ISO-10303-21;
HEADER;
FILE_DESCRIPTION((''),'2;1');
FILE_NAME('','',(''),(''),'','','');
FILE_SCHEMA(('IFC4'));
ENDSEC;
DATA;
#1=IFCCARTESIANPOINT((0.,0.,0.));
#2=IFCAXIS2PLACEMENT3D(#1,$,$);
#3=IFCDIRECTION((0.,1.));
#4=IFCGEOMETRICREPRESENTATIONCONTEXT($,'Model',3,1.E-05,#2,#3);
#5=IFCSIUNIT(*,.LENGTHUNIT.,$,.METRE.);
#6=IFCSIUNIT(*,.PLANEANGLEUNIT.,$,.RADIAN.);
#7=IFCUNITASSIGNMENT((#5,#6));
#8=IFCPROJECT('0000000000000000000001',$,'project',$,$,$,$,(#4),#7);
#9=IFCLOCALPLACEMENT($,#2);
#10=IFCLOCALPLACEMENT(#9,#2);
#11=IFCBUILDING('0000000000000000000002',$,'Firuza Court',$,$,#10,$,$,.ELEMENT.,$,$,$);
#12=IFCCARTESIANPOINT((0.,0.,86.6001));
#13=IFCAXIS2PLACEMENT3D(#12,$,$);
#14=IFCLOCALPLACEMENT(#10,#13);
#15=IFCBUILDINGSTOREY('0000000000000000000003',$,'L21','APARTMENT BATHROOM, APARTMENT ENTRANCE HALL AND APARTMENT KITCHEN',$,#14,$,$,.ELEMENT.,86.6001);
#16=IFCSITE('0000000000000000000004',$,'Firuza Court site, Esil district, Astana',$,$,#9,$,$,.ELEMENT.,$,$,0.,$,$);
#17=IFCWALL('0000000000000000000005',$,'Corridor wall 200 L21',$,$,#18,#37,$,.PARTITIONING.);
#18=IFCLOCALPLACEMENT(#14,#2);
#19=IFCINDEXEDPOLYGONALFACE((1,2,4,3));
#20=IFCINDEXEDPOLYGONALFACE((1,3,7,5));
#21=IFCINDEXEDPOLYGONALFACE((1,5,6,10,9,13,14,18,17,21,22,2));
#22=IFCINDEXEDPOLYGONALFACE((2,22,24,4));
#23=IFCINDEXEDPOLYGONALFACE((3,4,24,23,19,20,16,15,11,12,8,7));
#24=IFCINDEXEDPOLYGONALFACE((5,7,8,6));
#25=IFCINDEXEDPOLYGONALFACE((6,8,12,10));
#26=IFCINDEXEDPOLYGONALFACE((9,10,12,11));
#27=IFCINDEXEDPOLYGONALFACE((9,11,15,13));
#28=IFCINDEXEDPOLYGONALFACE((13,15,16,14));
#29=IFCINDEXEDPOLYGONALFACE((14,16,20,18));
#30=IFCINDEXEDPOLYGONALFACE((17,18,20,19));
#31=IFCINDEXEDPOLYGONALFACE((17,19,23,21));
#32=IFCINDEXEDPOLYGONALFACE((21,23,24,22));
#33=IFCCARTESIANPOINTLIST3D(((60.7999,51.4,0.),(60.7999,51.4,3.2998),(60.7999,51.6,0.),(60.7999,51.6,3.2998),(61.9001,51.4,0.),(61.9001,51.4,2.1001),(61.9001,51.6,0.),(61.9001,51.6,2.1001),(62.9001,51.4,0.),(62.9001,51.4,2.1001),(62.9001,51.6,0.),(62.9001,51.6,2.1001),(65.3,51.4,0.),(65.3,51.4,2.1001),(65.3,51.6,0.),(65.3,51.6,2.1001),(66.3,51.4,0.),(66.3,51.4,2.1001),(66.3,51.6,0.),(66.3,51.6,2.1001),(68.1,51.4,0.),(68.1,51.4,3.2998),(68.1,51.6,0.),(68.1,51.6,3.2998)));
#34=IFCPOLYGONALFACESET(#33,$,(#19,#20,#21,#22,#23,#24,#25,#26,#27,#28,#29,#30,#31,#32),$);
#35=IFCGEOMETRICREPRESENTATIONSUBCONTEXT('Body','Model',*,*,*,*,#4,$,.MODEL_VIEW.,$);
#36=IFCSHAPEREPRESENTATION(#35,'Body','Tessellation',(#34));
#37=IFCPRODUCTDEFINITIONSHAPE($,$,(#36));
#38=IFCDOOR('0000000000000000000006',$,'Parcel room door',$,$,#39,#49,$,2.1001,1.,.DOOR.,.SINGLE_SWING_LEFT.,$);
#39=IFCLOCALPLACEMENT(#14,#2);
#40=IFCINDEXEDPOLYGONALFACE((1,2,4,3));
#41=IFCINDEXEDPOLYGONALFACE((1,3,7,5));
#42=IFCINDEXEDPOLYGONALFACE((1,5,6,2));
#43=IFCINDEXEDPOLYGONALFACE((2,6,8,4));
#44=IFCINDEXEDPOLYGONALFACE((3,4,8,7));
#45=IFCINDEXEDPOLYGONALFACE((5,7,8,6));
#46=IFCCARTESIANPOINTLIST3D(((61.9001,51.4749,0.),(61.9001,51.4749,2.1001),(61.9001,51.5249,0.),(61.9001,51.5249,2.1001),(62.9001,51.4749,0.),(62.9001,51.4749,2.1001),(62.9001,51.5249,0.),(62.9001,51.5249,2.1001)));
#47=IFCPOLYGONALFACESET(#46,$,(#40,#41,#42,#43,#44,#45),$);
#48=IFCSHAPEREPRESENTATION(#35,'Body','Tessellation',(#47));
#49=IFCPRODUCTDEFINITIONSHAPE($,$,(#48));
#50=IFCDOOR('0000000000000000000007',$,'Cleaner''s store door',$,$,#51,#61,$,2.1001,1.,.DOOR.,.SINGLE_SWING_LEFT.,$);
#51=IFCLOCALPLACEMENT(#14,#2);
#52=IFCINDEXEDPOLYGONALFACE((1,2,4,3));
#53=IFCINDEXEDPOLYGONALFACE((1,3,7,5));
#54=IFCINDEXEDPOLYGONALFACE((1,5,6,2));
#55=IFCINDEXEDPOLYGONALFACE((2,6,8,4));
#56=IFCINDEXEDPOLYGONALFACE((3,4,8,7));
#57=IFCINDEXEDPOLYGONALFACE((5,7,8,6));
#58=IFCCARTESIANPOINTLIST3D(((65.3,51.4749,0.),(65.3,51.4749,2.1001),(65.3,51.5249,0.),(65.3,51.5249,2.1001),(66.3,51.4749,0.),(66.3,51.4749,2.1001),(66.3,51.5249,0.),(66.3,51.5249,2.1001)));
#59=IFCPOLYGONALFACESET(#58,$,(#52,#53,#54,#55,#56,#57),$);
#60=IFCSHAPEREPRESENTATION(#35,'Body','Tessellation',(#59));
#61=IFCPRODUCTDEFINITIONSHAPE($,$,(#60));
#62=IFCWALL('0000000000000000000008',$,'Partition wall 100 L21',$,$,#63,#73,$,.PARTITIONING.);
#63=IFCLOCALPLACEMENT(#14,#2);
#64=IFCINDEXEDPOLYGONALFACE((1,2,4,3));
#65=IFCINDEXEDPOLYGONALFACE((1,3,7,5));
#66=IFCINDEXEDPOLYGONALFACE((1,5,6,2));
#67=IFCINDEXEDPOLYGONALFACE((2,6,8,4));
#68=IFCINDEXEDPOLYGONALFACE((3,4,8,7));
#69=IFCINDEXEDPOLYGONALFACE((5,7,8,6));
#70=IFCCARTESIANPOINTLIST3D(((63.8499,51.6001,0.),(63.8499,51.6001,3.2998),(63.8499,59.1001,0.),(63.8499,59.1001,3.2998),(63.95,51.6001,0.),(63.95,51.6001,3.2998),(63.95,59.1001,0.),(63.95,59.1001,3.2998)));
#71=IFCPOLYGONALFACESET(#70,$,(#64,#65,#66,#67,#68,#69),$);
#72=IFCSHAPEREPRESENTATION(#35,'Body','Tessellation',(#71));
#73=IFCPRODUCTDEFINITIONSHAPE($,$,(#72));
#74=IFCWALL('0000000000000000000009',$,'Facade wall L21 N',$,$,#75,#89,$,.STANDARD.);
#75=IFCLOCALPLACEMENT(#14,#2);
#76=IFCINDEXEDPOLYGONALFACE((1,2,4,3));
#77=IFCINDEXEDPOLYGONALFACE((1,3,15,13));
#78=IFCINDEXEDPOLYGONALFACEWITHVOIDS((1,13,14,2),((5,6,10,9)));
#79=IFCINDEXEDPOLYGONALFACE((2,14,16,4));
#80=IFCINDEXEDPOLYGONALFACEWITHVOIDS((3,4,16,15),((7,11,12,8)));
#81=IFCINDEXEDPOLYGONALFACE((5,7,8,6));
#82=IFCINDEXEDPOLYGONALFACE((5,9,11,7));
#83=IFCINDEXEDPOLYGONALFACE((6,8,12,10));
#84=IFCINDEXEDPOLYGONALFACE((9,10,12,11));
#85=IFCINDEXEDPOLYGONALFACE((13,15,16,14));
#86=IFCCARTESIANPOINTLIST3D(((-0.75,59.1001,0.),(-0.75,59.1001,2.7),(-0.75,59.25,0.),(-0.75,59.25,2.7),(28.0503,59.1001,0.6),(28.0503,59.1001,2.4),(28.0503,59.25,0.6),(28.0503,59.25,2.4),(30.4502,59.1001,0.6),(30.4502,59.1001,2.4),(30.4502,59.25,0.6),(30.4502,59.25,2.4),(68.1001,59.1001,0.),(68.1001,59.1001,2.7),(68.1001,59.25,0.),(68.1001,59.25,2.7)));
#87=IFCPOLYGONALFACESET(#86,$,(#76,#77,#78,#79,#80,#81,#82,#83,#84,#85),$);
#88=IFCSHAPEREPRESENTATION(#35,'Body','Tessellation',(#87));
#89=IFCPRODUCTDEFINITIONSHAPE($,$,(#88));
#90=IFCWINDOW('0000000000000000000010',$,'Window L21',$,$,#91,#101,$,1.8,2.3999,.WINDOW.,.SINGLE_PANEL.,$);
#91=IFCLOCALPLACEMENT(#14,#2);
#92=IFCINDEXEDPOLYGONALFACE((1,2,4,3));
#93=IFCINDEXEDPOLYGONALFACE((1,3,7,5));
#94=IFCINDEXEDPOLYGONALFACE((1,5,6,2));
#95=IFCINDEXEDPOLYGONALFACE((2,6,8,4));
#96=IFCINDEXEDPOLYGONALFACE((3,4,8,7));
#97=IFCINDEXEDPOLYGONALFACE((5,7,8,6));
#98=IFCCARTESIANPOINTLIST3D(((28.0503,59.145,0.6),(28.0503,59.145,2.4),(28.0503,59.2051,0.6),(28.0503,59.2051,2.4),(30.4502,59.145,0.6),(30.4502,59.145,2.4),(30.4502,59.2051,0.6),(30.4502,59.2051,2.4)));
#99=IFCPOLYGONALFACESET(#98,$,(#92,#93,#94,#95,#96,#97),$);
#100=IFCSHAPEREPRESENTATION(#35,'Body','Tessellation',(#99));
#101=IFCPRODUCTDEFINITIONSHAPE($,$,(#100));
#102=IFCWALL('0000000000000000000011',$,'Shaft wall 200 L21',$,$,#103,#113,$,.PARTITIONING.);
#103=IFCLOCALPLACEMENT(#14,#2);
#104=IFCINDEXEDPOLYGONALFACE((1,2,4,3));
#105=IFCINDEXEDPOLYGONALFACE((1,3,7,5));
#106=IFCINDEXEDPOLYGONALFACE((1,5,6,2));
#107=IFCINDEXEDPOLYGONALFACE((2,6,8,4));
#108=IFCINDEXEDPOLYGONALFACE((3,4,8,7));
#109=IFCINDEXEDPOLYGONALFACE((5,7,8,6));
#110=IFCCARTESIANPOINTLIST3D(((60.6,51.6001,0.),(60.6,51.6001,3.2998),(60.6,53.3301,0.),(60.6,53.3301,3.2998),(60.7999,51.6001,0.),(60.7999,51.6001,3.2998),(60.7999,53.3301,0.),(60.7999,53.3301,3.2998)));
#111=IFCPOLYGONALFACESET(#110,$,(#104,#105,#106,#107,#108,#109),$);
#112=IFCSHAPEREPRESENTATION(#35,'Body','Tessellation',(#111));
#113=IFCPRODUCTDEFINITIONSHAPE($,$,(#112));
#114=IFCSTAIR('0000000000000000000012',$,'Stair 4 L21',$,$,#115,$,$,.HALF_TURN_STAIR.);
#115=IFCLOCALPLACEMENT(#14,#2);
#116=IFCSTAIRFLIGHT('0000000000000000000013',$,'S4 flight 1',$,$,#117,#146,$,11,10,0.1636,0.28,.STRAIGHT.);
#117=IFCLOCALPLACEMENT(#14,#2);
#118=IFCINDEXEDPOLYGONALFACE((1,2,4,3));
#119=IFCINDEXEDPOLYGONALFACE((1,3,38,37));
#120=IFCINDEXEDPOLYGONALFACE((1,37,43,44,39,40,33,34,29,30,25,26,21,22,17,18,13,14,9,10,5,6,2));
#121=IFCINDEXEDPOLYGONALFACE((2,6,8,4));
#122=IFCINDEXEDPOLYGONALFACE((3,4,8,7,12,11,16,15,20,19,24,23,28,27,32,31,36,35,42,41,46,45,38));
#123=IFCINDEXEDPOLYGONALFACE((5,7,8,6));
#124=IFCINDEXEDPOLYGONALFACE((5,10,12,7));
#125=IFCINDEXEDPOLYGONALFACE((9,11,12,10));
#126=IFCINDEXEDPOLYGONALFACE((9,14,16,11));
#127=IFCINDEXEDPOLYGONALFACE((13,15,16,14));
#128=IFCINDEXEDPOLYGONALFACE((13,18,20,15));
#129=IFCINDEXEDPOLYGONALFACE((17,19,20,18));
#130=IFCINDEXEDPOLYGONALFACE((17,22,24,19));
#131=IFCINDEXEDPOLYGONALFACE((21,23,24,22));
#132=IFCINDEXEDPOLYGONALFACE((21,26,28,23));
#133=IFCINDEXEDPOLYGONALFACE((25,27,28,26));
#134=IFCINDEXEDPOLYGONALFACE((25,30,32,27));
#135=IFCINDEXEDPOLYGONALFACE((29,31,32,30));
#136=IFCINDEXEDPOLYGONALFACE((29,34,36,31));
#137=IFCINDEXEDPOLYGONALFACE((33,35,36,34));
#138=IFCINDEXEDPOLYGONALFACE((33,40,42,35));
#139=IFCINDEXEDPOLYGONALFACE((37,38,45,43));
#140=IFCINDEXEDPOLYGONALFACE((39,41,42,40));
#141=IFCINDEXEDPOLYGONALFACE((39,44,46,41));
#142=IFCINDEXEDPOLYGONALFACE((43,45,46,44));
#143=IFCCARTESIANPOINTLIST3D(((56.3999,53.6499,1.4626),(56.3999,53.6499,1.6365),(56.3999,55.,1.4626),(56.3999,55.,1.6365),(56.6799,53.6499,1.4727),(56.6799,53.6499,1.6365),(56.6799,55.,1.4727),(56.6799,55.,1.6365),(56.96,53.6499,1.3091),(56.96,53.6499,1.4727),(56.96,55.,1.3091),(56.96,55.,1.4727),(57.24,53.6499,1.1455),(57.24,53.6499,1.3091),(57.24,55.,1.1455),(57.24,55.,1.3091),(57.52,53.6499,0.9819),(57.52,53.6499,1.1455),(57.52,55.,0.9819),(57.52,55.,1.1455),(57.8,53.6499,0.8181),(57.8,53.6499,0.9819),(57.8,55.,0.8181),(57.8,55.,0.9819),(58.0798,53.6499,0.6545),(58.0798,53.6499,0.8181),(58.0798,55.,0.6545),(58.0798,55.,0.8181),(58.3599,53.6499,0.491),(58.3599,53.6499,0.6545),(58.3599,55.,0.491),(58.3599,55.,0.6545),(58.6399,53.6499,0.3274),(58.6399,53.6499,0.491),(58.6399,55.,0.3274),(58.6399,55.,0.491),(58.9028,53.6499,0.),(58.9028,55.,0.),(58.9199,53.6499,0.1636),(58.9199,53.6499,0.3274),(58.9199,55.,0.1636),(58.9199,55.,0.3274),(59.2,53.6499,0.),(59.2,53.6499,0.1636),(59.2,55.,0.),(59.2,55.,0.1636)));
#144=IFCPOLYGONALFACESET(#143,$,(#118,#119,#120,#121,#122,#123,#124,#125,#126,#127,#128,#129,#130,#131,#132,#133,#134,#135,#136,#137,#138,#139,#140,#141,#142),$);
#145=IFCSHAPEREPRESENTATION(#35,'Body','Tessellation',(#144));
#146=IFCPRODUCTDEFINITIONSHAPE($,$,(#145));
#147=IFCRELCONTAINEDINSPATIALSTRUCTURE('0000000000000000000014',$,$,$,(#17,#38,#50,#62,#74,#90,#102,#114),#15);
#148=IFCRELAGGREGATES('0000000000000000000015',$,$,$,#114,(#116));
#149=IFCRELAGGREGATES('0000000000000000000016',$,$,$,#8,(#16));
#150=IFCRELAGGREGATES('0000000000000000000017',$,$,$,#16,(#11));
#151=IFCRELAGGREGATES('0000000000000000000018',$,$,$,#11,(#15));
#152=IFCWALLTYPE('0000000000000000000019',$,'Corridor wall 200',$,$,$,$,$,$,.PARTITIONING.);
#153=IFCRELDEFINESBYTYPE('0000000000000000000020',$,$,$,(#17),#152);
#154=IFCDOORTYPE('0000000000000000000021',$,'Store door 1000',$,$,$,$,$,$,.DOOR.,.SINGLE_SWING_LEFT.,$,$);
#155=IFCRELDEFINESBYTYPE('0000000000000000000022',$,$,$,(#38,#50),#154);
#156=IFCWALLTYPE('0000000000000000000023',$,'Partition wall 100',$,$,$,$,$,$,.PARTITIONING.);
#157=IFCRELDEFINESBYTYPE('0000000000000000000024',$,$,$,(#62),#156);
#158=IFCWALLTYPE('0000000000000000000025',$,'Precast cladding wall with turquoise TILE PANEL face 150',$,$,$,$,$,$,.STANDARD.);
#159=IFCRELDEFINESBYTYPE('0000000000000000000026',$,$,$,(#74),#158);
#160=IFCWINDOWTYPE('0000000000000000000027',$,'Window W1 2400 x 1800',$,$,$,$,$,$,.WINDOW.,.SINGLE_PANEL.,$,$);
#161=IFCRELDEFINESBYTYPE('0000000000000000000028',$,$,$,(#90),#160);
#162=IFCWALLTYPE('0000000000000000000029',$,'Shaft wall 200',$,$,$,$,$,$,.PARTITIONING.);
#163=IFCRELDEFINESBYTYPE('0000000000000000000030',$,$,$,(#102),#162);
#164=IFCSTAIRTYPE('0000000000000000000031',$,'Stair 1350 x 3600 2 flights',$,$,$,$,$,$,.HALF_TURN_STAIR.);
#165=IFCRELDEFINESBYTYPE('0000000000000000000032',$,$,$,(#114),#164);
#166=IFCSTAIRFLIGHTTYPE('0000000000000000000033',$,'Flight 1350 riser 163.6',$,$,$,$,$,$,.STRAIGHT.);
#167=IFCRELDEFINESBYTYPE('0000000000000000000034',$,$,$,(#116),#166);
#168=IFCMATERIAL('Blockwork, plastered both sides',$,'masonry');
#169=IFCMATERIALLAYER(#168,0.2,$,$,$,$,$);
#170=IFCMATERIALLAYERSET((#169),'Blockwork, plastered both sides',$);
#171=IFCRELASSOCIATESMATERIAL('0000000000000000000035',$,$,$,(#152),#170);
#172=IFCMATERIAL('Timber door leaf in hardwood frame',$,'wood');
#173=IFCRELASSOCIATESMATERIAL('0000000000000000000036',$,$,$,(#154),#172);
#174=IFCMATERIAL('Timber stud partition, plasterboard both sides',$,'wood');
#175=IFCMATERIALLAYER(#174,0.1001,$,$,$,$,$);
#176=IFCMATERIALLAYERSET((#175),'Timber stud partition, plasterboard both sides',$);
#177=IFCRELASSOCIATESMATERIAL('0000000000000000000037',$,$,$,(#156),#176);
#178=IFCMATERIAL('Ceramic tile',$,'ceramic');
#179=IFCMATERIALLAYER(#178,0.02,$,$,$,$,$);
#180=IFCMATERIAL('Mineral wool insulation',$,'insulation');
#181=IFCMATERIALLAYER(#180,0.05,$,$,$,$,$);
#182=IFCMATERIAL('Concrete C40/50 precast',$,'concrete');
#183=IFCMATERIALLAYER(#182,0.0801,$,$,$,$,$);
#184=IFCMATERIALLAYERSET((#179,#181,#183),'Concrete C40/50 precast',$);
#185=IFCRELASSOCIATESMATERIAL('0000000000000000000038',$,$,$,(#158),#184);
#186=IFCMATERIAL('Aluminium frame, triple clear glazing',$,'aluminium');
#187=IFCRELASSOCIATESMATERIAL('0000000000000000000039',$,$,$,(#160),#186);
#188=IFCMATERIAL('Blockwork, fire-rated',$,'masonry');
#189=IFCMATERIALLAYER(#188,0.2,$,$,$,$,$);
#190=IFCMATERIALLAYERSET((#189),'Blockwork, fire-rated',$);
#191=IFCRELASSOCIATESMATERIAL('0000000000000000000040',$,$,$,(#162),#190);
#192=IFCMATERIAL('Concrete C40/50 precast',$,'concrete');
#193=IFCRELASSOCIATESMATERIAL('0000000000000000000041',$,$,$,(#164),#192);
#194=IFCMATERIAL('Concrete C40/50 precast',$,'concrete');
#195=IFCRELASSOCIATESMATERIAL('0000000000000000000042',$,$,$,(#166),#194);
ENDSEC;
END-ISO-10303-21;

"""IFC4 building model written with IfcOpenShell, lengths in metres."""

from ifc_helpers import new_model, si_unit, direction, frame, frame_2d, origin, place, context, subcontext, project, spatial, polyline, rectangle, outline, extrude, material, layer, layer_set, type_object, element, fill, aggregate, save


model = new_model("IFC4")

# Units and contexts
model_context = context("Model", 3, precision=1e-05, world=origin(), true_north=direction((0.0, 1.0)))
body_context = subcontext(model_context, "Body", "Model", "MODEL_VIEW")
ifc_project = project(units=[si_unit("LENGTHUNIT", "METRE"), si_unit("PLANEANGLEUNIT", "RADIAN")], contexts=[model_context])

# Site, building, storey
site_placement = place(None, origin())
site = spatial("IfcSite", under=ifc_project, at=site_placement, Name="Firuza Court site, Esil district, Astana", CompositionType="ELEMENT", RefElevation=0.0)
building_placement = place(site_placement, origin())
building = spatial("IfcBuilding", under=site, at=building_placement, Name="Firuza Court", CompositionType="ELEMENT")
storey_placement = place(building_placement, frame((0.0, 0.0, 86.6001)))
storey = spatial("IfcBuildingStorey", under=building, at=storey_placement, Name="L21", Description="APARTMENT BATHROOM, APARTMENT ENTRANCE HALL AND APARTMENT KITCHEN", CompositionType="ELEMENT", Elevation=86.6001)

# Wall, openings, doors
ifc_material_1 = material(Name="Blockwork, plastered both sides", Category="masonry")
ifc_layer_1 = layer(ifc_material_1, 0.2)
ifc_layer_set_1 = layer_set([ifc_layer_1], Name="Blockwork, plastered both sides")
wall_type_1 = type_object("IfcWallType", Name="Corridor wall 200", PredefinedType="PARTITIONING", material=ifc_layer_set_1)
wall_1_placement = place(storey_placement, frame((60.8, 51.5, 0.0), z_axis=(0.0, 0.0, 1.0), x_axis=(1.0, 0.0, 0.0)))
wall_1 = element("IfcWall", 1, at=wall_1_placement, inside=storey, type_object=wall_type_1, Name="Corridor wall 200 L21", PredefinedType="PARTITIONING", context=body_context, shape_type="SweptSolid", body=[
    extrude(rectangle(XDim=7.3, YDim=0.2, at=frame_2d((3.6499, 0.0))), origin(), (0.0, 0.0, 1.0), 3.2998),
])
opening_1_placement = place(wall_1_placement, frame((1.1001, 0.0, 0.0)))
opening_1 = element("IfcOpeningElement", 2, at=opening_1_placement, cuts=wall_1, PredefinedType="OPENING", context=body_context, shape_type="SweptSolid", body=[
    extrude(rectangle(XDim=1.0, YDim=2.1001, at=frame_2d((0.5, 1.05))), frame((0.0, 0.1118, 0.0), z_axis=(0.0, -1.0, 0.0), x_axis=(1.0, 0.0, 0.0)), (0.0, 0.0, 1.0), 0.2239),
])
opening_2_placement = place(wall_1_placement, frame((4.5, 0.0, 0.0)))
opening_2 = element("IfcOpeningElement", 3, at=opening_2_placement, cuts=wall_1, PredefinedType="OPENING", context=body_context, shape_type="SweptSolid", body=[
    extrude(rectangle(XDim=1.0, YDim=2.1001, at=frame_2d((0.5, 1.05))), frame((0.0, 0.1118, 0.0), z_axis=(0.0, -1.0, 0.0), x_axis=(1.0, 0.0, 0.0)), (0.0, 0.0, 1.0), 0.2239),
])
ifc_material_2 = material(Name="Timber door leaf in hardwood frame", Category="wood")
door_type = type_object("IfcDoorType", Name="Store door 1000", OperationType="SINGLE_SWING_LEFT", PredefinedType="DOOR", material=ifc_material_2)
door_1_placement = place(opening_1_placement, origin())
door_1 = element("IfcDoor", 4, at=door_1_placement, inside=storey, type_object=door_type, Name="Parcel room door", OperationType="SINGLE_SWING_LEFT", OverallHeight=2.1001, OverallWidth=1.0, PredefinedType="DOOR", context=body_context, shape_type="SweptSolid", body=[
    extrude(rectangle(XDim=1.0, YDim=2.1001, at=frame_2d((0.5, 1.05))), frame((0.0, 0.0249, 0.0), z_axis=(0.0, -1.0, 0.0), x_axis=(1.0, 0.0, 0.0)), (0.0, 0.0, 1.0), 0.05),
])
fill(opening_1, door_1)
door_2_placement = place(opening_2_placement, origin())
door_2 = element("IfcDoor", 5, at=door_2_placement, inside=storey, type_object=door_type, Name="Cleaner's store door", OperationType="SINGLE_SWING_LEFT", OverallHeight=2.1001, OverallWidth=1.0, PredefinedType="DOOR", context=body_context, shape_type="SweptSolid", body=[
    extrude(rectangle(XDim=1.0, YDim=2.1001, at=frame_2d((0.5, 1.05))), frame((0.0, 0.0249, 0.0), z_axis=(0.0, -1.0, 0.0), x_axis=(1.0, 0.0, 0.0)), (0.0, 0.0, 1.0), 0.05),
])
fill(opening_2, door_2)

# Wall
ifc_material_3 = material(Name="Timber stud partition, plasterboard both sides", Category="wood")
ifc_layer_2 = layer(ifc_material_3, 0.1001)
ifc_layer_set_2 = layer_set([ifc_layer_2], Name="Timber stud partition, plasterboard both sides")
wall_type_2 = type_object("IfcWallType", Name="Partition wall 100", PredefinedType="PARTITIONING", material=ifc_layer_set_2)
wall_2_placement = place(storey_placement, frame((63.8999, 51.6001, 0.0), z_axis=(0.0, 0.0, 1.0), x_axis=(0.0, 1.0, 0.0)))
element("IfcWall", 6, at=wall_2_placement, inside=storey, type_object=wall_type_2, Name="Partition wall 100 L21", PredefinedType="PARTITIONING", context=body_context, shape_type="SweptSolid", body=[
    extrude(rectangle(XDim=7.5, YDim=0.1001, at=frame_2d((3.75, 0.0))), origin(), (0.0, 0.0, 1.0), 3.2998),
])

# Wall, opening, window
ifc_material_4 = material(Name="Ceramic tile", Category="ceramic")
ifc_layer_3 = layer(ifc_material_4, 0.02)
ifc_material_5 = material(Name="Mineral wool insulation", Category="insulation")
ifc_layer_4 = layer(ifc_material_5, 0.05)
ifc_material_6 = material(Name="Concrete C40/50 precast", Category="concrete")
ifc_layer_5 = layer(ifc_material_6, 0.0801)
ifc_layer_set_3 = layer_set([ifc_layer_3, ifc_layer_4, ifc_layer_5], Name="Concrete C40/50 precast")
wall_type_3 = type_object("IfcWallType", Name="Precast cladding wall with turquoise TILE PANEL face 150", PredefinedType="STANDARD", material=ifc_layer_set_3)
wall_3_placement = place(storey_placement, frame((68.1001, 59.175, 0.0), z_axis=(0.0, 0.0, 1.0), x_axis=(-1.0, 0.0, 0.0)))
wall_3 = element("IfcWall", 7, at=wall_3_placement, inside=storey, type_object=wall_type_3, Name="Facade wall L21 N", PredefinedType="STANDARD", context=body_context, shape_type="SweptSolid", body=[
    extrude(rectangle(XDim=68.8501, YDim=0.1499, at=frame_2d((34.425, 0.0))), origin(), (0.0, 0.0, 1.0), 2.7),
])
opening_3_placement = place(wall_3_placement, frame((37.6499, 0.0, 0.6001)))
opening_3 = element("IfcOpeningElement", 8, at=opening_3_placement, cuts=wall_3, PredefinedType="OPENING", context=body_context, shape_type="SweptSolid", body=[
    extrude(rectangle(XDim=2.3999, YDim=1.8, at=frame_2d((1.2, 0.8999))), frame((0.0, 0.0869, 0.0), z_axis=(0.0, -1.0, 0.0), x_axis=(1.0, 0.0, 0.0)), (0.0, 0.0, 1.0), 0.1738),
])
ifc_material_7 = material(Name="Aluminium frame, triple clear glazing", Category="aluminium")
window_type = type_object("IfcWindowType", Name="Window W1 2400 x 1800", PartitioningType="SINGLE_PANEL", PredefinedType="WINDOW", material=ifc_material_7)
window_placement = place(opening_3_placement, origin())
window = element("IfcWindow", 9, at=window_placement, inside=storey, type_object=window_type, Name="Window L21", OverallHeight=1.8, OverallWidth=2.3999, PartitioningType="SINGLE_PANEL", PredefinedType="WINDOW", context=body_context, shape_type="SweptSolid", body=[
    extrude(rectangle(XDim=2.3999, YDim=1.8, at=frame_2d((1.2, 0.8999))), frame((0.0, 0.03, 0.0), z_axis=(0.0, -1.0, 0.0), x_axis=(1.0, 0.0, 0.0)), (0.0, 0.0, 1.0), 0.0601),
])
fill(opening_3, window)

# Wall
ifc_material_8 = material(Name="Blockwork, fire-rated", Category="masonry")
ifc_layer_6 = layer(ifc_material_8, 0.2)
ifc_layer_set_4 = layer_set([ifc_layer_6], Name="Blockwork, fire-rated")
wall_type_4 = type_object("IfcWallType", Name="Shaft wall 200", PredefinedType="PARTITIONING", material=ifc_layer_set_4)
wall_4_placement = place(storey_placement, frame((60.7, 51.6001, 0.0), z_axis=(0.0, 0.0, 1.0), x_axis=(0.0, 1.0, 0.0)))
element("IfcWall", 10, at=wall_4_placement, inside=storey, type_object=wall_type_4, Name="Shaft wall 200 L21", PredefinedType="PARTITIONING", context=body_context, shape_type="SweptSolid", body=[
    extrude(rectangle(XDim=1.73, YDim=0.2, at=frame_2d((0.865, 0.0))), origin(), (0.0, 0.0, 1.0), 3.2998),
])

# Stair, stair flight
ifc_material_9 = material(Name="Concrete C40/50 precast", Category="concrete")
stair_type = type_object("IfcStairType", Name="Stair 1350 x 3600 2 flights", PredefinedType="HALF_TURN_STAIR", material=ifc_material_9)
stair_placement = place(storey_placement, origin())
stair = element("IfcStair", 11, at=stair_placement, inside=storey, type_object=stair_type, Name="Stair 4 L21", PredefinedType="HALF_TURN_STAIR")
ifc_material_10 = material(Name="Concrete C40/50 precast", Category="concrete")
stair_flight_type = type_object("IfcStairFlightType", Name="Flight 1350 riser 163.6", PredefinedType="STRAIGHT", material=ifc_material_10)
stair_flight_1_placement = place(storey_placement, frame((59.2, 54.325, 0.0), z_axis=(0.0, 0.0, 1.0), x_axis=(-1.0, 0.0, 0.0)))
stair_flight_1 = element("IfcStairFlight", 12, at=stair_flight_1_placement, type_object=stair_flight_type, Name="S4 flight 1", NumberOfRisers=11, NumberOfTreads=10, PredefinedType="STRAIGHT", RiserHeight=0.1636, TreadLength=0.28, context=body_context, shape_type="SweptSolid", body=[
    extrude(outline(polyline([(0.0, 0.0), (0.0, 0.1636), (0.28, 0.1636), (0.28, 0.3274), (0.5601, 0.3274), (0.5601, 0.491), (0.8401, 0.491), (0.8401, 0.6545), (1.1201, 0.6545), (1.1201, 0.8181), (1.3999, 0.8181), (1.3999, 0.9819), (1.6799, 0.9819), (1.6799, 1.1455), (1.96, 1.1455), (1.96, 1.3091), (2.24, 1.3091), (2.24, 1.4727), (2.52, 1.4727), (2.52, 1.6365), (2.8, 1.6365), (2.8, 1.8), (2.8, 1.4626), (0.2971, 0.0), (0.0, 0.0)])), frame((0.0, 0.675, 0.0), z_axis=(0.0, -1.0, 0.0), x_axis=(1.0, 0.0, 0.0)), (0.0, 0.0, 1.0), 1.3501),
])
aggregate(stair, [stair_flight_1])

save(model, "model.ifc")
